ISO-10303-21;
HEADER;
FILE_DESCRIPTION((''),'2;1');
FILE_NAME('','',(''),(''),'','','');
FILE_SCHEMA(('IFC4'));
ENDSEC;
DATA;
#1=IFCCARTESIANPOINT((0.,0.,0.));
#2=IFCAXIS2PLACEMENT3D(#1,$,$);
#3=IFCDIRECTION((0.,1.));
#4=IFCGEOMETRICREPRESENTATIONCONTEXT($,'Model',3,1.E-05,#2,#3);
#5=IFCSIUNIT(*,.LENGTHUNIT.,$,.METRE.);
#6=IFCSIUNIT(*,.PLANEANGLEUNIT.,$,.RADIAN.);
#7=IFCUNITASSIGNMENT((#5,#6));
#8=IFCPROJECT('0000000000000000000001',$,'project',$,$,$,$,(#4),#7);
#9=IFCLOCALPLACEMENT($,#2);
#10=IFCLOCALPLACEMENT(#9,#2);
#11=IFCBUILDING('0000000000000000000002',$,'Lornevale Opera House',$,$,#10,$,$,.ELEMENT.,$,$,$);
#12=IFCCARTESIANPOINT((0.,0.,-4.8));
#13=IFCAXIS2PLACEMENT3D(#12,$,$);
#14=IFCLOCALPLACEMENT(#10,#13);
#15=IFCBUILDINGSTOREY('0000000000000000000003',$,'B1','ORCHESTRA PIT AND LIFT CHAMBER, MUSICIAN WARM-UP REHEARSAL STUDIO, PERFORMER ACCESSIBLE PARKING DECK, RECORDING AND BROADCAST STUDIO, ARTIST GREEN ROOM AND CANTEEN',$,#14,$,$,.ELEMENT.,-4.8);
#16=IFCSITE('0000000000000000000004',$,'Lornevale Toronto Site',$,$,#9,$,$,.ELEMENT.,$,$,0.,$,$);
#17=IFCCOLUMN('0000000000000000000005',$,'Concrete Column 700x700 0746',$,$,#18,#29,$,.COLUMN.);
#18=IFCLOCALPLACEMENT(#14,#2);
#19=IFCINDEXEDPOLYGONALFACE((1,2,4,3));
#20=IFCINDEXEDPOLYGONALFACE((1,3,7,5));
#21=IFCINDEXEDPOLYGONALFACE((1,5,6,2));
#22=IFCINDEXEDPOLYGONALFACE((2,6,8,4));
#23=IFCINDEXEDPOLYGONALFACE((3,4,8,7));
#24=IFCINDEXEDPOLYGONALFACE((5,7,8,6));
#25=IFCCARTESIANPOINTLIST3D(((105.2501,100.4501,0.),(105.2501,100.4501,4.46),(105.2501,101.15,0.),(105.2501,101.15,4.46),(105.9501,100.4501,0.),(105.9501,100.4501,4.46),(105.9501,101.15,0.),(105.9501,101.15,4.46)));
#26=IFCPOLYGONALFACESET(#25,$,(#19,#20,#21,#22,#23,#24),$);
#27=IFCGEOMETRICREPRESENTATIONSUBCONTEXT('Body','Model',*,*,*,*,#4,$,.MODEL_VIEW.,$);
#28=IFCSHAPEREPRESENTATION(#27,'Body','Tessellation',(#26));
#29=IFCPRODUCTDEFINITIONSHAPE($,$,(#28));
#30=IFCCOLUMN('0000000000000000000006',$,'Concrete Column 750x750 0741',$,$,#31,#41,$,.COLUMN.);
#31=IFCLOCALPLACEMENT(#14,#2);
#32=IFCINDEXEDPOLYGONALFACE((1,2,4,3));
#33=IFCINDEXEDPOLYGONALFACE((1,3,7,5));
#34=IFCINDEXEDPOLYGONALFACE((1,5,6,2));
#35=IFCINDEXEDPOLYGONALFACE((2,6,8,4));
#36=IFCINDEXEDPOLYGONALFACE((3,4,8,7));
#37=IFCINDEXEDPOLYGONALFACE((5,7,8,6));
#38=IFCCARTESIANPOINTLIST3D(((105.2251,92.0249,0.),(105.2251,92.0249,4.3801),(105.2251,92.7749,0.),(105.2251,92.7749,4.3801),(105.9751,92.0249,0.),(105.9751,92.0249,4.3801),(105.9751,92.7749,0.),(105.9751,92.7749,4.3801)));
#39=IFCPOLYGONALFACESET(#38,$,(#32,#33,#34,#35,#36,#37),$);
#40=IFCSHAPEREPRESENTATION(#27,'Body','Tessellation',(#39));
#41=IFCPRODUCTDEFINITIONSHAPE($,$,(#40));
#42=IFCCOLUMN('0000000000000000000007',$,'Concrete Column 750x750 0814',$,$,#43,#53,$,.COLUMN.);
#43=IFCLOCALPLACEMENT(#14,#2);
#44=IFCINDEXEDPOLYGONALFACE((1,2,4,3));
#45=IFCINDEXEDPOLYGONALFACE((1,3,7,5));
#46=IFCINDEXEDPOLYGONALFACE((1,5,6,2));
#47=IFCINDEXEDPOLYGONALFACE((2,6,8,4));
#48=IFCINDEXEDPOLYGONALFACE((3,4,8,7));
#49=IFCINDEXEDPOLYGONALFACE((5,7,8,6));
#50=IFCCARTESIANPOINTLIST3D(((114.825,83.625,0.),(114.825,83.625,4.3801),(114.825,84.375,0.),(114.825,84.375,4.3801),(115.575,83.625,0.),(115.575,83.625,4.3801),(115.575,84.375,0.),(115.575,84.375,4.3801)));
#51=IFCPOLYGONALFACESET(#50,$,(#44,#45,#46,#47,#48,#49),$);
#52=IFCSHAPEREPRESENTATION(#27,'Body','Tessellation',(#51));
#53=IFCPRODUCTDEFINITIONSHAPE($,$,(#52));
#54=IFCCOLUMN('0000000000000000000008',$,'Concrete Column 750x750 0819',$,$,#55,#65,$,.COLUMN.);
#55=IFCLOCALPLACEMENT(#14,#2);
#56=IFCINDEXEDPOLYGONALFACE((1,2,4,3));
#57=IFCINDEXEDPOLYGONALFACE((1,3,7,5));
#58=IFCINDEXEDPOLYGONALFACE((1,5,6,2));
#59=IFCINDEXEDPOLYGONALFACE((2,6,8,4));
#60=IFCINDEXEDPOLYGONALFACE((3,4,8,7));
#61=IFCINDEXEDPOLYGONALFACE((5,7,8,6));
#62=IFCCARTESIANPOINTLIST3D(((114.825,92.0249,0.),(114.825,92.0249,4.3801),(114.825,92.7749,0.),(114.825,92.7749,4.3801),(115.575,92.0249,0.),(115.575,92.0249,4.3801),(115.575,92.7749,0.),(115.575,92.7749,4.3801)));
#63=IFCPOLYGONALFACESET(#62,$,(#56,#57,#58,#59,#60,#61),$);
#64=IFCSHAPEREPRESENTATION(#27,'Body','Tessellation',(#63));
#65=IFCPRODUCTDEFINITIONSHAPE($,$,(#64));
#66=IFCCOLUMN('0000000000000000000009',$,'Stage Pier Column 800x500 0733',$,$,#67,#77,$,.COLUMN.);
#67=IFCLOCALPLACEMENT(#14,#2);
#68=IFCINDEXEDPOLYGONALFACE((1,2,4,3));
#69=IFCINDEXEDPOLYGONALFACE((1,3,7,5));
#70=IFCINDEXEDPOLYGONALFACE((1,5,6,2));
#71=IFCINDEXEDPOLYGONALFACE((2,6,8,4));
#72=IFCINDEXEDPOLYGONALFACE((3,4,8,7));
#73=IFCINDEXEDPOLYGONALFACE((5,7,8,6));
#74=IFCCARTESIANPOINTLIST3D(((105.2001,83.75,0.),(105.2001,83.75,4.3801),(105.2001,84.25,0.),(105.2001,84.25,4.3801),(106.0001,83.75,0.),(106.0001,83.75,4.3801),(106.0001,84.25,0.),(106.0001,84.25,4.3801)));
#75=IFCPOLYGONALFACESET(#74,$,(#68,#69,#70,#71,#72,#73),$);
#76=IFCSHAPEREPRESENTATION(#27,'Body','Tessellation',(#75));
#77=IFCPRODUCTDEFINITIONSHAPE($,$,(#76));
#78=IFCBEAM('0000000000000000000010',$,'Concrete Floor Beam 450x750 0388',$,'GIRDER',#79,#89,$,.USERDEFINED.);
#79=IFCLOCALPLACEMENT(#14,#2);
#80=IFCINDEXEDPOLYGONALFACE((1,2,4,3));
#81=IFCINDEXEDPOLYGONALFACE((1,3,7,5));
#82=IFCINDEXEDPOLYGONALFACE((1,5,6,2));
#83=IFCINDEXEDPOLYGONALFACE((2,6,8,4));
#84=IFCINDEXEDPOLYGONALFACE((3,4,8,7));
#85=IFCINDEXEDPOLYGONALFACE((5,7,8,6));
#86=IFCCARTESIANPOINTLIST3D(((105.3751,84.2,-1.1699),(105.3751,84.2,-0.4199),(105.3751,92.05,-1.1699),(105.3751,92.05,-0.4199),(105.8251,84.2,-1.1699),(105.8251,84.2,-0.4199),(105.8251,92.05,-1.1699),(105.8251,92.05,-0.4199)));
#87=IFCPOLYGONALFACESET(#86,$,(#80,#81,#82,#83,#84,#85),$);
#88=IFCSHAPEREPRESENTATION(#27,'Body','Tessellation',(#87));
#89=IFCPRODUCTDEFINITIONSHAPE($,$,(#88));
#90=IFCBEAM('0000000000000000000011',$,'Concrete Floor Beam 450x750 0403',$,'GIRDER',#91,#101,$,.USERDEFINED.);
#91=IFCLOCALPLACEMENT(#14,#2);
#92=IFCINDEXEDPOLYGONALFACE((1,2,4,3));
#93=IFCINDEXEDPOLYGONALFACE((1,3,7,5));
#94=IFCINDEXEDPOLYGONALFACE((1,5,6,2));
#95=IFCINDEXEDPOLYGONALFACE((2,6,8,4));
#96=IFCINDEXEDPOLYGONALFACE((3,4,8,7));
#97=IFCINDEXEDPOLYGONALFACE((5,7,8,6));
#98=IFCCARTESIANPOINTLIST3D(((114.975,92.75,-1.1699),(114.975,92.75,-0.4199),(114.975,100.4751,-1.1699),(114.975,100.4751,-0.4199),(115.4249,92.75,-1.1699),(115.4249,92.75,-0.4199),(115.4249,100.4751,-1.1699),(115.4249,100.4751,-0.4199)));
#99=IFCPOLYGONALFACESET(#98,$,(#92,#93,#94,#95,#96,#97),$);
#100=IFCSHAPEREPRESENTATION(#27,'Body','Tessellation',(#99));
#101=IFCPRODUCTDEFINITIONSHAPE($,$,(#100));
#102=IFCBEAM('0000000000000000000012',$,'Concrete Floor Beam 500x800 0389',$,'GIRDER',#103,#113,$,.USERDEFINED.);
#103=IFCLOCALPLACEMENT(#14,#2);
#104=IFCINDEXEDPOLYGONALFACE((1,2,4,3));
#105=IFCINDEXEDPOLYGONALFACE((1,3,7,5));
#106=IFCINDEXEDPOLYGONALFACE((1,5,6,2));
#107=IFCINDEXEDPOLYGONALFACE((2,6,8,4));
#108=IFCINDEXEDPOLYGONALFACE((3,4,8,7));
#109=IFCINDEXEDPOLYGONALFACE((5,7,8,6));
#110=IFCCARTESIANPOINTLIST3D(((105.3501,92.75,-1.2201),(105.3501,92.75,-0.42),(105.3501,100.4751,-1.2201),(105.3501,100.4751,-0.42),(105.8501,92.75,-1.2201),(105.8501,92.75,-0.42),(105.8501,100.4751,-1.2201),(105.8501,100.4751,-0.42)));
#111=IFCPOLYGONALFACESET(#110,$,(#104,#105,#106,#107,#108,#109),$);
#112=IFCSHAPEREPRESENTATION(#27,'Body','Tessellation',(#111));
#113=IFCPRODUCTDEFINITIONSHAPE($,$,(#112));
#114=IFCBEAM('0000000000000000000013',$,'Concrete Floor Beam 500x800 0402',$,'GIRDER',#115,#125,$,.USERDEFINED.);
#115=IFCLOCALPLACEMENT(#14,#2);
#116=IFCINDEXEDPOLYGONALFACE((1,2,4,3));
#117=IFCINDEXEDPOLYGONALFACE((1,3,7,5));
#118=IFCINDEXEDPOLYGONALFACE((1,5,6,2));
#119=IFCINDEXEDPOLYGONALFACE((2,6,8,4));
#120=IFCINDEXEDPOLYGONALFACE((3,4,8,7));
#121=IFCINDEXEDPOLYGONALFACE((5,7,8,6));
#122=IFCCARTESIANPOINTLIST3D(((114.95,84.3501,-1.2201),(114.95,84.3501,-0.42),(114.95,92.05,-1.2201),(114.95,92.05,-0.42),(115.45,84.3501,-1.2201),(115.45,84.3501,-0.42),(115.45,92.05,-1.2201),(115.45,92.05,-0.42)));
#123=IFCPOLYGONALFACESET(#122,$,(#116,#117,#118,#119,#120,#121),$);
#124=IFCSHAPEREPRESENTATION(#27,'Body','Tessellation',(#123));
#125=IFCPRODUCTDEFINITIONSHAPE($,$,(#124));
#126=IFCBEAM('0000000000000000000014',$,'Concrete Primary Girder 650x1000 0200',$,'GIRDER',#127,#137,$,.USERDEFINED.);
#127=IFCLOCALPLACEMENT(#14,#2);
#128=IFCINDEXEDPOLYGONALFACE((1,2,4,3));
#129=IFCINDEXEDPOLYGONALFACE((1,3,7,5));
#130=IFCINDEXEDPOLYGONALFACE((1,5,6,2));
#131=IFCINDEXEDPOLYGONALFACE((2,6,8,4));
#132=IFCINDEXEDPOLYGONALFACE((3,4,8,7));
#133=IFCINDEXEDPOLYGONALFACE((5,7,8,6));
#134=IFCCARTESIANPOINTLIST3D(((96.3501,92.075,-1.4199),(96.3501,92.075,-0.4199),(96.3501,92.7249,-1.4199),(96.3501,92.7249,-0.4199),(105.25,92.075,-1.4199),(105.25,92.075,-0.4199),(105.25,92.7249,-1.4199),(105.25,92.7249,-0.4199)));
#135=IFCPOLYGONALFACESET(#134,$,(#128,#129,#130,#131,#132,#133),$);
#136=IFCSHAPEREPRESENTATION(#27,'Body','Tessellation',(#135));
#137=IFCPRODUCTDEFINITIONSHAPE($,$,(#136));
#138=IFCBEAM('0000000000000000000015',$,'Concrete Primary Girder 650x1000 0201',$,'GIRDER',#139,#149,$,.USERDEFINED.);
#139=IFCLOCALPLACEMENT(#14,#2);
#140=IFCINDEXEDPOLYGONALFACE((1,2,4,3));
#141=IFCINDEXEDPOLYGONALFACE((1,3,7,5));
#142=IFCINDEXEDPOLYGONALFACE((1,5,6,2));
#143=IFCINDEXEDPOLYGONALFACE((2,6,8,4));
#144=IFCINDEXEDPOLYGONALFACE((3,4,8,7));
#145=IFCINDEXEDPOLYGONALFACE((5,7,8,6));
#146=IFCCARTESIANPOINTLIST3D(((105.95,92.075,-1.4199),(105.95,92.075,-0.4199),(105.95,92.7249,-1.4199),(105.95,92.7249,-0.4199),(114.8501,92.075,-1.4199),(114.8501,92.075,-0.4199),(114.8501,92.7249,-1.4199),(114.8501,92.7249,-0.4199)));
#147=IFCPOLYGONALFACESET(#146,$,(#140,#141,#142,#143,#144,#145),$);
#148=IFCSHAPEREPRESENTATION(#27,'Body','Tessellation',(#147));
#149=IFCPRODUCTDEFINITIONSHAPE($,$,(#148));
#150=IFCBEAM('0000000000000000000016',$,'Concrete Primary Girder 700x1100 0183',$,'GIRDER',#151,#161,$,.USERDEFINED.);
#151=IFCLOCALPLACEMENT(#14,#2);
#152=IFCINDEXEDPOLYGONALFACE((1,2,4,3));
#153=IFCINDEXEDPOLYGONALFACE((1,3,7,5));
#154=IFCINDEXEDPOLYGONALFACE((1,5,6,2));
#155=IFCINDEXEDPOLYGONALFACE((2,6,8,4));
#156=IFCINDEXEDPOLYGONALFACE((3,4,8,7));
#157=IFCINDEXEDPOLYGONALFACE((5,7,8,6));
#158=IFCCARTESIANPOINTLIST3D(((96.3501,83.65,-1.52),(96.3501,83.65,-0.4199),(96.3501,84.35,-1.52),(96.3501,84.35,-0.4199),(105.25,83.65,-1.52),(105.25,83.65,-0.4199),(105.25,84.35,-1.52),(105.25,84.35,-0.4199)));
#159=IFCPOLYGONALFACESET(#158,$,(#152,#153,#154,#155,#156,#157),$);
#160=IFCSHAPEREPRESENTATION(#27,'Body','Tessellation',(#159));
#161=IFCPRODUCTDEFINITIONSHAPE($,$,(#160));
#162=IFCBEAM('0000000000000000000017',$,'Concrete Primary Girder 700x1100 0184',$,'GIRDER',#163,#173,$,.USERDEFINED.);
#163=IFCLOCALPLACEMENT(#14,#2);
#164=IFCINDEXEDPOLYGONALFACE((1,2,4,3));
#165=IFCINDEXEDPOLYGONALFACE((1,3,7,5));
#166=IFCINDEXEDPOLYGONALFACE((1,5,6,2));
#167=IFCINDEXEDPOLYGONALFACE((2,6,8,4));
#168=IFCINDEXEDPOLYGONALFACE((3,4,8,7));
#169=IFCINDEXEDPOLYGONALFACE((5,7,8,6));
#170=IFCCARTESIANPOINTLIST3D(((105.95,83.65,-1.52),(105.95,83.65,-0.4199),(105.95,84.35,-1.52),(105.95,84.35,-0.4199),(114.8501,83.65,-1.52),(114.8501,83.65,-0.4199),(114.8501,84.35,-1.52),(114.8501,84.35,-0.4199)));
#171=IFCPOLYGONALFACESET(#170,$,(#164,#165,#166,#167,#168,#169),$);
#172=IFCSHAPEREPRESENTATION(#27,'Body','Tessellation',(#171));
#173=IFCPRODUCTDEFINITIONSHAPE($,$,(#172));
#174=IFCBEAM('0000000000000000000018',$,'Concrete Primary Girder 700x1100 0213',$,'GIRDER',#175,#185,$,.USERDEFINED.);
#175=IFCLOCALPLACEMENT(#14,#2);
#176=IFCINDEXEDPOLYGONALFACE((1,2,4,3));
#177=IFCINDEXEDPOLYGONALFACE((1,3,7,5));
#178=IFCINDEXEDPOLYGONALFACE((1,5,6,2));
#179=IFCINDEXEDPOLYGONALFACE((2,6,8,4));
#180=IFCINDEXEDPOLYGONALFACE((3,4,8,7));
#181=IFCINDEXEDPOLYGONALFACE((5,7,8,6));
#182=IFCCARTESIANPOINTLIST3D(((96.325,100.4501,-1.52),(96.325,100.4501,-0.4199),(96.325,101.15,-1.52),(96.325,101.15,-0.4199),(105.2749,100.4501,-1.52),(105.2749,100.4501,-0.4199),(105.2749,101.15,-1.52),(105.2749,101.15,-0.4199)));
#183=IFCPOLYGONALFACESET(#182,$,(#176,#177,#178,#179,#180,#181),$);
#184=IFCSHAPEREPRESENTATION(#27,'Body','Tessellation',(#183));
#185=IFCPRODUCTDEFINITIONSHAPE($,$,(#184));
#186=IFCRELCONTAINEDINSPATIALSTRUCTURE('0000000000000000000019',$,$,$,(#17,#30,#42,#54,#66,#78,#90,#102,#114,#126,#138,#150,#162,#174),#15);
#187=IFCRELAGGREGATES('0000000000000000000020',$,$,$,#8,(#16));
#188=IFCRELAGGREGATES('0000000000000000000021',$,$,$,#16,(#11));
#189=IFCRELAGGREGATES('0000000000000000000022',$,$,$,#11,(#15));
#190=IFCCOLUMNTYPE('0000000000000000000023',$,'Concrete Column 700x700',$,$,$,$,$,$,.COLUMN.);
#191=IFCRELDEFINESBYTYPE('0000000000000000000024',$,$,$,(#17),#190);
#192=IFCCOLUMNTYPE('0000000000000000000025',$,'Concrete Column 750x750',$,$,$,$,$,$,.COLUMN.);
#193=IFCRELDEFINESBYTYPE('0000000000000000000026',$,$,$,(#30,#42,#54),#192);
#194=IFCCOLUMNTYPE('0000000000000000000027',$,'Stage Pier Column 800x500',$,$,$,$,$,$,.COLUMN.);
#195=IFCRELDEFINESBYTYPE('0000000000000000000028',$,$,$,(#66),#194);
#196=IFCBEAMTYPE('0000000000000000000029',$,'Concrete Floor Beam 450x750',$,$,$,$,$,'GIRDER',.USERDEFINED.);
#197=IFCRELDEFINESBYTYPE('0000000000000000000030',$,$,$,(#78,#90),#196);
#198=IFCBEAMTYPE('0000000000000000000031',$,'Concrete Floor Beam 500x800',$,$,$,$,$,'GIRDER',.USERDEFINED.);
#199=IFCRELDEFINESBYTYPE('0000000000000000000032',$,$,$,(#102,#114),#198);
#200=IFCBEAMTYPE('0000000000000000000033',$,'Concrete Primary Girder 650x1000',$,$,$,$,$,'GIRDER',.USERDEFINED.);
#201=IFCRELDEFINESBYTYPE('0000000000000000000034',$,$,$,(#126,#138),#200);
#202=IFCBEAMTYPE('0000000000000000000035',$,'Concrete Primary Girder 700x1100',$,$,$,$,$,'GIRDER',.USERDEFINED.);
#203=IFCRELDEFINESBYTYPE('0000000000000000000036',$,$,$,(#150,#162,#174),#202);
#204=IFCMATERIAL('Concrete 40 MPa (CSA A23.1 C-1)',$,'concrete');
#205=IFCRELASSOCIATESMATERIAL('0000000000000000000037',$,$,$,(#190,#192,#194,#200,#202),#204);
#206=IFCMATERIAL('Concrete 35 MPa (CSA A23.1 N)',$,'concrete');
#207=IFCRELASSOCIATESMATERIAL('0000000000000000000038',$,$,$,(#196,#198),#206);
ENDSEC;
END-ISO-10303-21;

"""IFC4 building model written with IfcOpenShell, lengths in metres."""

from ifc_helpers import new_model, si_unit, direction, frame, origin, origin_2d, place, context, subcontext, project, spatial, rectangle, extrude, material, material_profile, profile_set, type_object, element, save


model = new_model("IFC4")

# Units and contexts
model_context = context("Model", 3, precision=1e-05, world=origin(), true_north=direction((0.0, 1.0)))
body_context = subcontext(model_context, "Body", "Model", "MODEL_VIEW")
ifc_project = project(units=[si_unit("LENGTHUNIT", "METRE"), si_unit("PLANEANGLEUNIT", "RADIAN")], contexts=[model_context])

# Site, building, storey
site_placement = place(None, origin())
site = spatial("IfcSite", under=ifc_project, at=site_placement, Name="Lornevale Toronto Site", CompositionType="ELEMENT", RefElevation=0.0)
building_placement = place(site_placement, origin())
building = spatial("IfcBuilding", under=site, at=building_placement, Name="Lornevale Opera House", CompositionType="ELEMENT")
storey_placement = place(building_placement, frame((0.0, 0.0, -4.8)))
storey = spatial("IfcBuildingStorey", under=building, at=storey_placement, Name="B1", Description="ORCHESTRA PIT AND LIFT CHAMBER, MUSICIAN WARM-UP REHEARSAL STUDIO, PERFORMER ACCESSIBLE PARKING DECK, RECORDING AND BROADCAST STUDIO, ARTIST GREEN ROOM AND CANTEEN", CompositionType="ELEMENT", Elevation=-4.8)

# Columns
ifc_material_1 = material(Name="Concrete 40 MPa (CSA A23.1 C-1)", Category="concrete")
ifc_material_profile_1 = material_profile(ifc_material_1, rectangle(XDim=0.7, YDim=0.7, at=origin_2d()), Name="RC700x700")
ifc_profile_set_1 = profile_set([ifc_material_profile_1], Name="Concrete 40 MPa (CSA A23.1 C-1)")
column_type_1 = type_object("IfcColumnType", Name="Concrete Column 700x700", PredefinedType="COLUMN", material=ifc_profile_set_1)
column_1_placement = place(storey_placement, frame((105.6001, 100.8, 0.0), z_axis=(0.0, 0.0, 1.0), x_axis=(1.0, 0.0, 0.0)))
element("IfcColumn", 1, at=column_1_placement, inside=storey, type_object=column_type_1, Name="Concrete Column 700x700 0746", PredefinedType="COLUMN", context=body_context, shape_type="SweptSolid", body=[
    extrude(rectangle(XDim=0.7, YDim=0.7, at=origin_2d()), origin(), (0.0, 0.0, 1.0), 4.46),
])
ifc_material_profile_2 = material_profile(ifc_material_1, rectangle(XDim=0.75, YDim=0.75, at=origin_2d()), Name="RC750x750")
ifc_profile_set_2 = profile_set([ifc_material_profile_2], Name="Concrete 40 MPa (CSA A23.1 C-1)")
column_type_2 = type_object("IfcColumnType", Name="Concrete Column 750x750", PredefinedType="COLUMN", material=ifc_profile_set_2)
for number, where, z_axis, x_axis, name in (
    (2, (105.6001, 92.3999, 0.0), (0.0, 0.0, 1.0), (1.0, 0.0, 0.0), "Concrete Column 750x750 0741"),
    (3, (115.2, 84.0, 0.0), (0.0, 0.0, 1.0), (1.0, 0.0, 0.0), "Concrete Column 750x750 0814"),
    (4, (115.2, 92.3999, 0.0), (0.0, 0.0, 1.0), (1.0, 0.0, 0.0), "Concrete Column 750x750 0819"),
):
    element("IfcColumn", number, at=place(storey_placement, frame(where, z_axis=z_axis, x_axis=x_axis)), inside=storey, type_object=column_type_2, Name=name, PredefinedType="COLUMN", context=body_context, shape_type="SweptSolid", body=[
        extrude(rectangle(XDim=0.75, YDim=0.75, at=origin_2d()), origin(), (0.0, 0.0, 1.0), 4.3801),
    ])
ifc_material_profile_3 = material_profile(ifc_material_1, rectangle(XDim=0.8, YDim=0.5, at=origin_2d()), Name="RC800x500")
ifc_profile_set_3 = profile_set([ifc_material_profile_3], Name="Concrete 40 MPa (CSA A23.1 C-1)")
column_type_3 = type_object("IfcColumnType", Name="Stage Pier Column 800x500", PredefinedType="COLUMN", material=ifc_profile_set_3)
column_2_placement = place(storey_placement, frame((105.6001, 84.0, 0.0), z_axis=(0.0, 0.0, 1.0), x_axis=(1.0, 0.0, 0.0)))
element("IfcColumn", 5, at=column_2_placement, inside=storey, type_object=column_type_3, Name="Stage Pier Column 800x500 0733", PredefinedType="COLUMN", context=body_context, shape_type="SweptSolid", body=[
    extrude(rectangle(XDim=0.8, YDim=0.5, at=origin_2d()), origin(), (0.0, 0.0, 1.0), 4.3801),
])

# Beams
ifc_material_2 = material(Name="Concrete 35 MPa (CSA A23.1 N)", Category="concrete")
ifc_material_profile_4 = material_profile(ifc_material_2, rectangle(XDim=0.45, YDim=0.75, at=origin_2d()), Name="RC450x750")
ifc_profile_set_4 = profile_set([ifc_material_profile_4], Name="Concrete 35 MPa (CSA A23.1 N)")
beam_type_1 = type_object("IfcBeamType", Name="Concrete Floor Beam 450x750", ElementType="GIRDER", PredefinedType="USERDEFINED", material=ifc_profile_set_4)
beam_1_placement = place(storey_placement, frame((105.6001, 84.2, -0.7949), z_axis=(0.0, 1.0, 0.0), x_axis=(-1.0, 0.0, 0.0)))
element("IfcBeam", 6, at=beam_1_placement, inside=storey, type_object=beam_type_1, Name="Concrete Floor Beam 450x750 0388", ObjectType="GIRDER", PredefinedType="USERDEFINED", context=body_context, shape_type="SweptSolid", body=[
    extrude(rectangle(XDim=0.45, YDim=0.75, at=origin_2d()), origin(), (0.0, 0.0, 1.0), 7.8501),
])
beam_2_placement = place(storey_placement, frame((115.2, 92.75, -0.7949), z_axis=(0.0, 1.0, 0.0), x_axis=(-1.0, 0.0, 0.0)))
element("IfcBeam", 7, at=beam_2_placement, inside=storey, type_object=beam_type_1, Name="Concrete Floor Beam 450x750 0403", ObjectType="GIRDER", PredefinedType="USERDEFINED", context=body_context, shape_type="SweptSolid", body=[
    extrude(rectangle(XDim=0.45, YDim=0.75, at=origin_2d()), origin(), (0.0, 0.0, 1.0), 7.7251),
])
ifc_material_profile_5 = material_profile(ifc_material_2, rectangle(XDim=0.5, YDim=0.8, at=origin_2d()), Name="RC500x800")
ifc_profile_set_5 = profile_set([ifc_material_profile_5], Name="Concrete 35 MPa (CSA A23.1 N)")
beam_type_2 = type_object("IfcBeamType", Name="Concrete Floor Beam 500x800", ElementType="GIRDER", PredefinedType="USERDEFINED", material=ifc_profile_set_5)
beam_3_placement = place(storey_placement, frame((105.6001, 92.75, -0.8201), z_axis=(0.0, 1.0, 0.0), x_axis=(-1.0, 0.0, 0.0)))
element("IfcBeam", 8, at=beam_3_placement, inside=storey, type_object=beam_type_2, Name="Concrete Floor Beam 500x800 0389", ObjectType="GIRDER", PredefinedType="USERDEFINED", context=body_context, shape_type="SweptSolid", body=[
    extrude(rectangle(XDim=0.5, YDim=0.8, at=origin_2d()), origin(), (0.0, 0.0, 1.0), 7.7251),
])
beam_4_placement = place(storey_placement, frame((115.2, 84.3501, -0.8201), z_axis=(0.0, 1.0, 0.0), x_axis=(-1.0, 0.0, 0.0)))
element("IfcBeam", 9, at=beam_4_placement, inside=storey, type_object=beam_type_2, Name="Concrete Floor Beam 500x800 0402", ObjectType="GIRDER", PredefinedType="USERDEFINED", context=body_context, shape_type="SweptSolid", body=[
    extrude(rectangle(XDim=0.5, YDim=0.8, at=origin_2d()), origin(), (0.0, 0.0, 1.0), 7.7),
])
ifc_material_profile_6 = material_profile(ifc_material_1, rectangle(XDim=0.6499, YDim=1.0, at=origin_2d()), Name="RC650x1000")
ifc_profile_set_6 = profile_set([ifc_material_profile_6], Name="Concrete 40 MPa (CSA A23.1 C-1)")
beam_type_3 = type_object("IfcBeamType", Name="Concrete Primary Girder 650x1000", ElementType="GIRDER", PredefinedType="USERDEFINED", material=ifc_profile_set_6)
beam_5_placement = place(storey_placement, frame((96.3501, 92.3999, -0.9199), z_axis=(1.0, 0.0, 0.0), x_axis=(0.0, 1.0, 0.0)))
element("IfcBeam", 10, at=beam_5_placement, inside=storey, type_object=beam_type_3, Name="Concrete Primary Girder 650x1000 0200", ObjectType="GIRDER", PredefinedType="USERDEFINED", context=body_context, shape_type="SweptSolid", body=[
    extrude(rectangle(XDim=0.6499, YDim=1.0, at=origin_2d()), origin(), (0.0, 0.0, 1.0), 8.8999),
])
beam_6_placement = place(storey_placement, frame((105.95, 92.3999, -0.9199), z_axis=(1.0, 0.0, 0.0), x_axis=(0.0, 1.0, 0.0)))
element("IfcBeam", 11, at=beam_6_placement, inside=storey, type_object=beam_type_3, Name="Concrete Primary Girder 650x1000 0201", ObjectType="GIRDER", PredefinedType="USERDEFINED", context=body_context, shape_type="SweptSolid", body=[
    extrude(rectangle(XDim=0.6499, YDim=1.0, at=origin_2d()), origin(), (0.0, 0.0, 1.0), 8.9001),
])
ifc_material_profile_7 = material_profile(ifc_material_1, rectangle(XDim=0.7, YDim=1.1001, at=origin_2d()), Name="RC700x1100")
ifc_profile_set_7 = profile_set([ifc_material_profile_7], Name="Concrete 40 MPa (CSA A23.1 C-1)")
beam_type_4 = type_object("IfcBeamType", Name="Concrete Primary Girder 700x1100", ElementType="GIRDER", PredefinedType="USERDEFINED", material=ifc_profile_set_7)
beam_7_placement = place(storey_placement, frame((96.3501, 84.0, -0.97), z_axis=(1.0, 0.0, 0.0), x_axis=(0.0, 1.0, 0.0)))
element("IfcBeam", 12, at=beam_7_placement, inside=storey, type_object=beam_type_4, Name="Concrete Primary Girder 700x1100 0183", ObjectType="GIRDER", PredefinedType="USERDEFINED", context=body_context, shape_type="SweptSolid", body=[
    extrude(rectangle(XDim=0.7, YDim=1.1001, at=origin_2d()), origin(), (0.0, 0.0, 1.0), 8.8999),
])
beam_8_placement = place(storey_placement, frame((105.95, 84.0, -0.97), z_axis=(1.0, 0.0, 0.0), x_axis=(0.0, 1.0, 0.0)))
element("IfcBeam", 13, at=beam_8_placement, inside=storey, type_object=beam_type_4, Name="Concrete Primary Girder 700x1100 0184", ObjectType="GIRDER", PredefinedType="USERDEFINED", context=body_context, shape_type="SweptSolid", body=[
    extrude(rectangle(XDim=0.7, YDim=1.1001, at=origin_2d()), origin(), (0.0, 0.0, 1.0), 8.9001),
])
for number, where, z_axis, x_axis, name in (
    (14, (96.325, 100.8, -0.97), (1.0, 0.0, 0.0), (0.0, 1.0, 0.0), "Concrete Primary Girder 700x1100 0213"),
):
    element("IfcBeam", number, at=place(storey_placement, frame(where, z_axis=z_axis, x_axis=x_axis)), inside=storey, type_object=beam_type_4, Name=name, ObjectType="GIRDER", PredefinedType="USERDEFINED", context=body_context, shape_type="SweptSolid", body=[
        extrude(rectangle(XDim=0.7, YDim=1.1001, at=origin_2d()), origin(), (0.0, 0.0, 1.0), 8.95),
    ])

save(model, "model.ifc")
